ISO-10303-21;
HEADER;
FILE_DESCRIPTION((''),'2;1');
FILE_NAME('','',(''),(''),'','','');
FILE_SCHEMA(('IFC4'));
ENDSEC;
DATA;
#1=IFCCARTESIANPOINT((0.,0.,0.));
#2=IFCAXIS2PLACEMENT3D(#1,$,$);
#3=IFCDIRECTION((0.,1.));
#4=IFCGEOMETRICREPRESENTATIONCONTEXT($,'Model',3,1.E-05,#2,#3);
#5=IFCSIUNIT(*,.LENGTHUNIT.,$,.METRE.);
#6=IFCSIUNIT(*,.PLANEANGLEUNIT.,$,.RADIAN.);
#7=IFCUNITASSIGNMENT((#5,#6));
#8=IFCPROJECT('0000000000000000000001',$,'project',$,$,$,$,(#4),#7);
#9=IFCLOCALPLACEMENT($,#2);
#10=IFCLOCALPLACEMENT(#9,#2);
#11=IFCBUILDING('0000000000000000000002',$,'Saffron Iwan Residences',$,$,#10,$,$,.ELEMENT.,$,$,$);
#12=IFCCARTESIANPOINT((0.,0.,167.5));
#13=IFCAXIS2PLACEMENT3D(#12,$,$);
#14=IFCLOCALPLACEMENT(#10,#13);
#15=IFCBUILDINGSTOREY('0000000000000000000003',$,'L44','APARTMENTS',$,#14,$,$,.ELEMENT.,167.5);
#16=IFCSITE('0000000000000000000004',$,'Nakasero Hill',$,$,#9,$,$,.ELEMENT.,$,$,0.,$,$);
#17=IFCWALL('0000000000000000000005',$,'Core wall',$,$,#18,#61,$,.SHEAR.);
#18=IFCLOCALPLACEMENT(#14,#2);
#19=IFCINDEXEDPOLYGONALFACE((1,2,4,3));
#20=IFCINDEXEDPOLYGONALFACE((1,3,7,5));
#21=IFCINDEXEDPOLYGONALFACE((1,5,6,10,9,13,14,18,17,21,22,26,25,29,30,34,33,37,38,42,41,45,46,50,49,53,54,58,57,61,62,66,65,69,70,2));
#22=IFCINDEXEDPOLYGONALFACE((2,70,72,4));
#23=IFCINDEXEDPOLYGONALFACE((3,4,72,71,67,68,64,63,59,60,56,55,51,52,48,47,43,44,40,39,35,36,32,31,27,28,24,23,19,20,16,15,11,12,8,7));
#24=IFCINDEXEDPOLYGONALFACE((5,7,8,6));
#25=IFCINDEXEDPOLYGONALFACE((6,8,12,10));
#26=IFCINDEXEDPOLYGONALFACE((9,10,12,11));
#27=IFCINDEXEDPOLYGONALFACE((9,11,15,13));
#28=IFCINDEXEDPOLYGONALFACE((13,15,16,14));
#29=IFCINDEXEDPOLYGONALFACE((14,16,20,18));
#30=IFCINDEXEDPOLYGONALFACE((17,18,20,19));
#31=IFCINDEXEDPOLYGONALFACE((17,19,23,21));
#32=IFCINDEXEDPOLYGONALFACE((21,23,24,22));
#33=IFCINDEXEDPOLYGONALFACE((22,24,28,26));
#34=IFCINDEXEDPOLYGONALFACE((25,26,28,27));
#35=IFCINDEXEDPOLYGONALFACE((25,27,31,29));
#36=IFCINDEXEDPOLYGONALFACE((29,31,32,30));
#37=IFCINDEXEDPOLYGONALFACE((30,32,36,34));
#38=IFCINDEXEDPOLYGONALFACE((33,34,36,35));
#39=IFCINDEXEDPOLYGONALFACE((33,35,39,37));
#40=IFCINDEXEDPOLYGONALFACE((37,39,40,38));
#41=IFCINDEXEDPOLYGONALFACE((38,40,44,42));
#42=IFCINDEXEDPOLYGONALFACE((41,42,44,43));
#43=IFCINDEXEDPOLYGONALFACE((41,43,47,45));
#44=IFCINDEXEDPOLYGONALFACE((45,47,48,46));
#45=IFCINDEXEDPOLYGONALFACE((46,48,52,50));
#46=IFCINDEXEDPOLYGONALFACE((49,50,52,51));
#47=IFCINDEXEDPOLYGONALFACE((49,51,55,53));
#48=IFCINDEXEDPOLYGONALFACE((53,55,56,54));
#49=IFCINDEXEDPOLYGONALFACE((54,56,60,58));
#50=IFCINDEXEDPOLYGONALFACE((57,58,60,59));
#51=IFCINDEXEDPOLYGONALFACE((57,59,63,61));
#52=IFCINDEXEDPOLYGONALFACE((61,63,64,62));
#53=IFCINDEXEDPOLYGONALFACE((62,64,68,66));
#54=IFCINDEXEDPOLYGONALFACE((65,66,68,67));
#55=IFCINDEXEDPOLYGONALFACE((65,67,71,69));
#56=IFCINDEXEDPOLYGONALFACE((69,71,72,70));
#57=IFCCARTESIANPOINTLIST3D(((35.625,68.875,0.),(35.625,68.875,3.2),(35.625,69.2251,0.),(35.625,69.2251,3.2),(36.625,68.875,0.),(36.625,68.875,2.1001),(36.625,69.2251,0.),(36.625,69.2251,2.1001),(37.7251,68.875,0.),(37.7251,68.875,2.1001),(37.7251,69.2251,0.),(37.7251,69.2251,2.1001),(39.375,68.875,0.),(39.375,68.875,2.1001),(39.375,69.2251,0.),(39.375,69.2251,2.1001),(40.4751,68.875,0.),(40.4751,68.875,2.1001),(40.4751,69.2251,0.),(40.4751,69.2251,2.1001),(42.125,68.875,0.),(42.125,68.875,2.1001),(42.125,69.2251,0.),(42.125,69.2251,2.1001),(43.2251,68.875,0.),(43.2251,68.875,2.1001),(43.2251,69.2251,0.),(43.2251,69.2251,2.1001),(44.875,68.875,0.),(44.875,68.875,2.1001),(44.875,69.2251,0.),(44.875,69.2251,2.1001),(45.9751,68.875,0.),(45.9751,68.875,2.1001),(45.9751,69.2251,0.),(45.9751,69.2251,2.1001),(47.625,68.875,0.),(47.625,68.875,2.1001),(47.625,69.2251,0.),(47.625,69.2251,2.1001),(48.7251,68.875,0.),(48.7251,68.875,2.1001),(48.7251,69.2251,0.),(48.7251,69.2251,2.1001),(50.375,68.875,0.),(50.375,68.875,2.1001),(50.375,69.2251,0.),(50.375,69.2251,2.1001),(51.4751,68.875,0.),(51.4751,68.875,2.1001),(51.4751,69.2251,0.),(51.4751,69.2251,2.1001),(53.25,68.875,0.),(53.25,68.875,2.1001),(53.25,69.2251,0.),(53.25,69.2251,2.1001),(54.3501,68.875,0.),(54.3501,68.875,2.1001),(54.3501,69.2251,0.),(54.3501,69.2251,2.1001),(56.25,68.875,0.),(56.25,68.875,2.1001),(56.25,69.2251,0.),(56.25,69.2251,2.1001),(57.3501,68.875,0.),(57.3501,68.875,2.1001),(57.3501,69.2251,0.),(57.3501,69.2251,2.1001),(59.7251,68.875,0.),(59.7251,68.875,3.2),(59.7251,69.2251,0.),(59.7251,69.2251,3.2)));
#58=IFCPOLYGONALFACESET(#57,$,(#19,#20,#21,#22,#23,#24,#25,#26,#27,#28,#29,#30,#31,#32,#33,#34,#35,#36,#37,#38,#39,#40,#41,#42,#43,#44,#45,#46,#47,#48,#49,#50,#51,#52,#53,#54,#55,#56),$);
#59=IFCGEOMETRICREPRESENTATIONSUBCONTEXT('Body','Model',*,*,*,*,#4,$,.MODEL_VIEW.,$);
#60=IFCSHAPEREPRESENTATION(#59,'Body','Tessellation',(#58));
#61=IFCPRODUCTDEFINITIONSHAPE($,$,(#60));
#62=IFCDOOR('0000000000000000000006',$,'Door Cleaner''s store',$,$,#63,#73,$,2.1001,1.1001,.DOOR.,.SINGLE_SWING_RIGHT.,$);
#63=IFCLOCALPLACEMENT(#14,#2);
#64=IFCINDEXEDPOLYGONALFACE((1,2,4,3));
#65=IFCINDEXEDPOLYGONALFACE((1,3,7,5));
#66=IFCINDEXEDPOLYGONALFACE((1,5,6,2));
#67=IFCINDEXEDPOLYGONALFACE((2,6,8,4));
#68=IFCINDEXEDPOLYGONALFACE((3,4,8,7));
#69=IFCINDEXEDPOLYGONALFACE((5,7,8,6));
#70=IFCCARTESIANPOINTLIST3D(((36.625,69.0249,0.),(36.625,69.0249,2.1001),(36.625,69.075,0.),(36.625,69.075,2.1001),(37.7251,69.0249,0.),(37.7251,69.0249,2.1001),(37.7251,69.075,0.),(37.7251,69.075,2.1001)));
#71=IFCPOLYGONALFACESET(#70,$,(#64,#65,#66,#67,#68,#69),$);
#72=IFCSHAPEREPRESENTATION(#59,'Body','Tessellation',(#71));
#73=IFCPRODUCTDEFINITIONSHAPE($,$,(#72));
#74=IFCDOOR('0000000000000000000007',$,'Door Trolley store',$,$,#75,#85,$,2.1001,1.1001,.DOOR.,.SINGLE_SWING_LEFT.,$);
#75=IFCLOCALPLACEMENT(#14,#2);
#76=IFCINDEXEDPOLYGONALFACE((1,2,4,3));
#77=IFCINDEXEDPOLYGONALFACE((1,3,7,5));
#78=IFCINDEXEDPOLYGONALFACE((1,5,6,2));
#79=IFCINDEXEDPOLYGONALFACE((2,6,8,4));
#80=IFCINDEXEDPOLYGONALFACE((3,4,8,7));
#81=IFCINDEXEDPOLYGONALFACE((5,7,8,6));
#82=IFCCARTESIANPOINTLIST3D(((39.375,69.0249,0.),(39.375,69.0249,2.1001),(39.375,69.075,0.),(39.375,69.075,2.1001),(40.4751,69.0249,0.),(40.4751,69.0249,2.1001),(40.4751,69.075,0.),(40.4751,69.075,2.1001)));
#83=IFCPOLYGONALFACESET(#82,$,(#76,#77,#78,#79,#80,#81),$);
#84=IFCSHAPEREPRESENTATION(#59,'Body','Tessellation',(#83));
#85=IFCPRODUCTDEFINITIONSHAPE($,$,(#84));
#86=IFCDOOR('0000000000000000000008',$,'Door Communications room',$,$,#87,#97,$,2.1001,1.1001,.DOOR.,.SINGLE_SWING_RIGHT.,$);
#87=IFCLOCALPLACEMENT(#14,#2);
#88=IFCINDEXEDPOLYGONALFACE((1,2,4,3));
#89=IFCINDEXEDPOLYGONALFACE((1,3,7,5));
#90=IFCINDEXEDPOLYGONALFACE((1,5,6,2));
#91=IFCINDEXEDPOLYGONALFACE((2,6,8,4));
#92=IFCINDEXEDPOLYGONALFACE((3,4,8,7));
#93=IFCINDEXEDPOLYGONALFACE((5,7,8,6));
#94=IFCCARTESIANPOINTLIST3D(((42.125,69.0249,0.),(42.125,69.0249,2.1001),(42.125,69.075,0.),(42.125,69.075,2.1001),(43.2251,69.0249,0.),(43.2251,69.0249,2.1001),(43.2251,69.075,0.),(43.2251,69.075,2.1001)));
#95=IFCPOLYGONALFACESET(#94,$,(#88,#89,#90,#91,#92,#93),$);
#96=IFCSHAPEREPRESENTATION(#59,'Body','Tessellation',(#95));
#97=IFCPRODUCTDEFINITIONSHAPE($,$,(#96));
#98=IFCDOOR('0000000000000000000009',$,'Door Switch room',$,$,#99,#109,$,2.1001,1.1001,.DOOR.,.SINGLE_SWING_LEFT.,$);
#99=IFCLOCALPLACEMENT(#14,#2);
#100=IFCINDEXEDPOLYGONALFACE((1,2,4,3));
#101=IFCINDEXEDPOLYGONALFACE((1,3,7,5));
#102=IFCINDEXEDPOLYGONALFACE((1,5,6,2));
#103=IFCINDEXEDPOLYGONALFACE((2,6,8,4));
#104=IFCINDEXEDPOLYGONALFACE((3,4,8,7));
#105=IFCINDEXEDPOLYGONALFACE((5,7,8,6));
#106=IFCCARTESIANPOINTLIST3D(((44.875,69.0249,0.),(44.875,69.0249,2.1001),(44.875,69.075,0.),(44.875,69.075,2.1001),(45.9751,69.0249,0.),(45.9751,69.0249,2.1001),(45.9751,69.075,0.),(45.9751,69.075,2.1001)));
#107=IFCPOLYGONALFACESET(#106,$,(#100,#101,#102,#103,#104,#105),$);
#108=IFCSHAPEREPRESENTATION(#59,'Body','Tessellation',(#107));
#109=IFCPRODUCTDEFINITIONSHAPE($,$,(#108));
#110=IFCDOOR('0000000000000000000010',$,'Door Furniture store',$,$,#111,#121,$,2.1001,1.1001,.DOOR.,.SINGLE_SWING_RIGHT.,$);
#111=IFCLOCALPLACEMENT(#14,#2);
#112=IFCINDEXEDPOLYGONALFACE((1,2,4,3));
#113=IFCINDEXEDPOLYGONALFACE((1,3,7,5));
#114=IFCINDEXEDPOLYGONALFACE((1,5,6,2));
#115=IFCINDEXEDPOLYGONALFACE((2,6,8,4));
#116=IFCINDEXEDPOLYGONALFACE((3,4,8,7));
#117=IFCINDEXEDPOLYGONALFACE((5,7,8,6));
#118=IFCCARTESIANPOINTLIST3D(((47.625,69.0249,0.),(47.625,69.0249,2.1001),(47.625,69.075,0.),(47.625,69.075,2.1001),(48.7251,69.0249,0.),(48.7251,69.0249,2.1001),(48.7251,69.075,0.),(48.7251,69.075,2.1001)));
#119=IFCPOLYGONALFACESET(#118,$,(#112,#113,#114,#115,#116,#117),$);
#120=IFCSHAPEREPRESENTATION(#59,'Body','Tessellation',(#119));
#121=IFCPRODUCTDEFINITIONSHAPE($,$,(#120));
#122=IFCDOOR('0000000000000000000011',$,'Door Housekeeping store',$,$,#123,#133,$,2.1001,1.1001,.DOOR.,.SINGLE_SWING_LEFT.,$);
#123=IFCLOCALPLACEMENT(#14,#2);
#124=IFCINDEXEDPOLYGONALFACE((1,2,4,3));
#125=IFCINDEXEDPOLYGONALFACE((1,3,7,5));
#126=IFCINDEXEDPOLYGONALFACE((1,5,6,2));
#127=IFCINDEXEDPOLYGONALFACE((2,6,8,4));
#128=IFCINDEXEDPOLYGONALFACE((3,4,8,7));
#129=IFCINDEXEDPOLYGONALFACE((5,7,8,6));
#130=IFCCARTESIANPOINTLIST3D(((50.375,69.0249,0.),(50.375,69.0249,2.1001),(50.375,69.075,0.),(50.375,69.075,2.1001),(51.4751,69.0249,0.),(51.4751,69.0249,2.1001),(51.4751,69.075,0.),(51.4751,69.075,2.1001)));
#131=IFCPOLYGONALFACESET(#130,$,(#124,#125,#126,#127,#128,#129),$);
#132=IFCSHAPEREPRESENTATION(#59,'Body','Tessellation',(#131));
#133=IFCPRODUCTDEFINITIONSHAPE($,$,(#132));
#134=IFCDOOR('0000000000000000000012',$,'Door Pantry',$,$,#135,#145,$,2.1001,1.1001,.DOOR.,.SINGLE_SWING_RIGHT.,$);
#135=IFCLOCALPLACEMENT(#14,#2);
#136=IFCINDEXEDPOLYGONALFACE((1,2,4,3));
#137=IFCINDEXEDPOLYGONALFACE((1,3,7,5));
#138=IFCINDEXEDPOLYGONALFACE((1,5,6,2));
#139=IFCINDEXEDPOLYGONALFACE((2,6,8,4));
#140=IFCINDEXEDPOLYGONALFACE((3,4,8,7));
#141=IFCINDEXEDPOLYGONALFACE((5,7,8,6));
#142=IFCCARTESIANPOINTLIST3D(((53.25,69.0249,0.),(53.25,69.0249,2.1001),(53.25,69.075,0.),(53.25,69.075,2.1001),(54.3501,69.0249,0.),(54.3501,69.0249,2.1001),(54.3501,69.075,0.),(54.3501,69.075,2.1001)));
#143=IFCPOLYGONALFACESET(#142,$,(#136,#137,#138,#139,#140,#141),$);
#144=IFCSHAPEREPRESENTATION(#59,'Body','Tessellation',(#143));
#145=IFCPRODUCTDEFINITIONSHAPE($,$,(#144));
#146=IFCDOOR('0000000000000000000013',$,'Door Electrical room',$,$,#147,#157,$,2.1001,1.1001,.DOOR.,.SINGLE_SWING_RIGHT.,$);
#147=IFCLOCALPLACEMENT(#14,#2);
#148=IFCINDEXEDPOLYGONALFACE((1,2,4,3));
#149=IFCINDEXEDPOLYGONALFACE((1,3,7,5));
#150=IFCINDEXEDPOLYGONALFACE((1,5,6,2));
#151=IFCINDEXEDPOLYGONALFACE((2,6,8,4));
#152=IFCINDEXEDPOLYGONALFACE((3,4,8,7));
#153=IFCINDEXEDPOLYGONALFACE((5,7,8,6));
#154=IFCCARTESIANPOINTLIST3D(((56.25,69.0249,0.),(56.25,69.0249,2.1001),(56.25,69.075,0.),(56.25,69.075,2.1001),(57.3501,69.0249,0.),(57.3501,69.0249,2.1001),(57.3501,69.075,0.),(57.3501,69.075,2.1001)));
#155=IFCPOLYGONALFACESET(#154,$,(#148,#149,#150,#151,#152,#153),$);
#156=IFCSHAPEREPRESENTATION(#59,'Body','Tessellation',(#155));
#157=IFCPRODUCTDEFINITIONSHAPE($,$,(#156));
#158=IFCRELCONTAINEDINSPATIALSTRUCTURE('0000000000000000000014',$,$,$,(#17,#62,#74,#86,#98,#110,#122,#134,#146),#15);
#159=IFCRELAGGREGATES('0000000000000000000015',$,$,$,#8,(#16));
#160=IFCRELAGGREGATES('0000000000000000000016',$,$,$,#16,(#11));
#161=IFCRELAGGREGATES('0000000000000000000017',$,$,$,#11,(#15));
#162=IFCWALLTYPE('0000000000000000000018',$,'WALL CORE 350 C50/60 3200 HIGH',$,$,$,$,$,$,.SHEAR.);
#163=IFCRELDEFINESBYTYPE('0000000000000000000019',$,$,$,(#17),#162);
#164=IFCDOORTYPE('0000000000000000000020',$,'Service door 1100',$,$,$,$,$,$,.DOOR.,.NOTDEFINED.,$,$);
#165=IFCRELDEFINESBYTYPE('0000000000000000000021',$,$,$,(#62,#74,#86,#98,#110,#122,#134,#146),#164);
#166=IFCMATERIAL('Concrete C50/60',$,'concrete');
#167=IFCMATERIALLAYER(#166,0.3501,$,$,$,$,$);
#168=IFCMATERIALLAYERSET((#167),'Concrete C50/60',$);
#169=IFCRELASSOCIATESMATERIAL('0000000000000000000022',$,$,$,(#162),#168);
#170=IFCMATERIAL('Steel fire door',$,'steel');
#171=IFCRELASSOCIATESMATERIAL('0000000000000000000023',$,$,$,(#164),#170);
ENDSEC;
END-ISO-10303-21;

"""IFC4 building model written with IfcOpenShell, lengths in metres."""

from ifc_helpers import new_model, si_unit, direction, frame, frame_2d, origin, place, context, subcontext, project, spatial, rectangle, extrude, material, layer, layer_set, type_object, element, fill, save


model = new_model("IFC4")

# Units and contexts
model_context = context("Model", 3, precision=1e-05, world=origin(), true_north=direction((0.0, 1.0)))
body_context = subcontext(model_context, "Body", "Model", "MODEL_VIEW")
ifc_project = project(units=[si_unit("LENGTHUNIT", "METRE"), si_unit("PLANEANGLEUNIT", "RADIAN")], contexts=[model_context])

# Site, building, storey
site_placement = place(None, origin())
site = spatial("IfcSite", under=ifc_project, at=site_placement, Name="Nakasero Hill", CompositionType="ELEMENT", RefElevation=0.0)
building_placement = place(site_placement, origin())
building = spatial("IfcBuilding", under=site, at=building_placement, Name="Saffron Iwan Residences", CompositionType="ELEMENT")
storey_placement = place(building_placement, frame((0.0, 0.0, 167.5)))
storey = spatial("IfcBuildingStorey", under=building, at=storey_placement, Name="L44", Description="APARTMENTS", CompositionType="ELEMENT", Elevation=167.5)

# Wall, openings, doors
ifc_material_1 = material(Name="Concrete C50/60", Category="concrete")
ifc_layer = layer(ifc_material_1, 0.3501)
ifc_layer_set = layer_set([ifc_layer], Name="Concrete C50/60")
wall_type = type_object("IfcWallType", Name="WALL CORE 350 C50/60 3200 HIGH", PredefinedType="SHEAR", material=ifc_layer_set)
wall_1_placement = place(storey_placement, frame((35.625, 69.05, 0.0), z_axis=(0.0, 0.0, 1.0), x_axis=(1.0, 0.0, 0.0)))
wall_1 = element("IfcWall", 1, at=wall_1_placement, inside=storey, type_object=wall_type, Name="Core wall", PredefinedType="SHEAR", context=body_context, shape_type="SweptSolid", body=[
    extrude(rectangle(XDim=24.1001, YDim=0.3501, at=frame_2d((12.05, 0.0))), origin(), (0.0, 0.0, 1.0), 3.2),
])
opening_1_placement = place(wall_1_placement, frame((1.0, 0.0, 0.0)))
opening_1 = element("IfcOpeningElement", 2, at=opening_1_placement, cuts=wall_1, PredefinedType="OPENING", context=body_context, shape_type="SweptSolid", body=[
    extrude(rectangle(XDim=1.1001, YDim=2.1001, at=frame_2d((0.55, 1.05))), frame((0.0, 0.1851, 0.0), z_axis=(0.0, -1.0, 0.0), x_axis=(1.0, 0.0, 0.0)), (0.0, 0.0, 1.0), 0.3701),
])
opening_2_placement = place(wall_1_placement, frame((3.75, 0.0, 0.0)))
opening_2 = element("IfcOpeningElement", 3, at=opening_2_placement, cuts=wall_1, PredefinedType="OPENING", context=body_context, shape_type="SweptSolid", body=[
    extrude(rectangle(XDim=1.1001, YDim=2.1001, at=frame_2d((0.55, 1.05))), frame((0.0, 0.1851, 0.0), z_axis=(0.0, -1.0, 0.0), x_axis=(1.0, 0.0, 0.0)), (0.0, 0.0, 1.0), 0.3701),
])
opening_3_placement = place(wall_1_placement, frame((6.5, 0.0, 0.0)))
opening_3 = element("IfcOpeningElement", 4, at=opening_3_placement, cuts=wall_1, PredefinedType="OPENING", context=body_context, shape_type="SweptSolid", body=[
    extrude(rectangle(XDim=1.1001, YDim=2.1001, at=frame_2d((0.55, 1.05))), frame((0.0, 0.1851, 0.0), z_axis=(0.0, -1.0, 0.0), x_axis=(1.0, 0.0, 0.0)), (0.0, 0.0, 1.0), 0.3701),
])
opening_4_placement = place(wall_1_placement, frame((9.25, 0.0, 0.0)))
opening_4 = element("IfcOpeningElement", 5, at=opening_4_placement, cuts=wall_1, PredefinedType="OPENING", context=body_context, shape_type="SweptSolid", body=[
    extrude(rectangle(XDim=1.1001, YDim=2.1001, at=frame_2d((0.55, 1.05))), frame((0.0, 0.1851, 0.0), z_axis=(0.0, -1.0, 0.0), x_axis=(1.0, 0.0, 0.0)), (0.0, 0.0, 1.0), 0.3701),
])
opening_5_placement = place(wall_1_placement, frame((12.0, 0.0, 0.0)))
opening_5 = element("IfcOpeningElement", 6, at=opening_5_placement, cuts=wall_1, PredefinedType="OPENING", context=body_context, shape_type="SweptSolid", body=[
    extrude(rectangle(XDim=1.1001, YDim=2.1001, at=frame_2d((0.55, 1.05))), frame((0.0, 0.1851, 0.0), z_axis=(0.0, -1.0, 0.0), x_axis=(1.0, 0.0, 0.0)), (0.0, 0.0, 1.0), 0.3701),
])
opening_6_placement = place(wall_1_placement, frame((14.75, 0.0, 0.0)))
opening_6 = element("IfcOpeningElement", 7, at=opening_6_placement, cuts=wall_1, PredefinedType="OPENING", context=body_context, shape_type="SweptSolid", body=[
    extrude(rectangle(XDim=1.1001, YDim=2.1001, at=frame_2d((0.55, 1.05))), frame((0.0, 0.1851, 0.0), z_axis=(0.0, -1.0, 0.0), x_axis=(1.0, 0.0, 0.0)), (0.0, 0.0, 1.0), 0.3701),
])
opening_7_placement = place(wall_1_placement, frame((17.625, 0.0, 0.0)))
opening_7 = element("IfcOpeningElement", 8, at=opening_7_placement, cuts=wall_1, PredefinedType="OPENING", context=body_context, shape_type="SweptSolid", body=[
    extrude(rectangle(XDim=1.1001, YDim=2.1001, at=frame_2d((0.55, 1.05))), frame((0.0, 0.1851, 0.0), z_axis=(0.0, -1.0, 0.0), x_axis=(1.0, 0.0, 0.0)), (0.0, 0.0, 1.0), 0.3701),
])
opening_8_placement = place(wall_1_placement, frame((20.625, 0.0, 0.0)))
opening_8 = element("IfcOpeningElement", 9, at=opening_8_placement, cuts=wall_1, PredefinedType="OPENING", context=body_context, shape_type="SweptSolid", body=[
    extrude(rectangle(XDim=1.1001, YDim=2.1001, at=frame_2d((0.55, 1.05))), frame((0.0, 0.1851, 0.0), z_axis=(0.0, -1.0, 0.0), x_axis=(1.0, 0.0, 0.0)), (0.0, 0.0, 1.0), 0.3701),
])
ifc_material_2 = material(Name="Steel fire door", Category="steel")
door_type_1 = type_object("IfcDoorType", Name="Service door 1100", OperationType="NOTDEFINED", PredefinedType="DOOR", material=ifc_material_2)
door_1_placement = place(opening_1_placement, origin())
door_1 = element("IfcDoor", 10, at=door_1_placement, inside=storey, type_object=door_type_1, Name="Door Cleaner's store", OperationType="SINGLE_SWING_RIGHT", OverallHeight=2.1001, OverallWidth=1.1001, PredefinedType="DOOR", context=body_context, shape_type="SweptSolid", body=[
    extrude(rectangle(XDim=1.1001, YDim=2.1001, at=frame_2d((0.55, 1.05))), frame((0.0, 0.0249, 0.0), z_axis=(0.0, -1.0, 0.0), x_axis=(1.0, 0.0, 0.0)), (0.0, 0.0, 1.0), 0.05),
])
fill(opening_1, door_1)
door_2_placement = place(opening_2_placement, origin())
door_2 = element("IfcDoor", 11, at=door_2_placement, inside=storey, type_object=door_type_1, Name="Door Trolley store", OperationType="SINGLE_SWING_LEFT", OverallHeight=2.1001, OverallWidth=1.1001, PredefinedType="DOOR", context=body_context, shape_type="SweptSolid", body=[
    extrude(rectangle(XDim=1.1001, YDim=2.1001, at=frame_2d((0.55, 1.05))), frame((0.0, 0.0249, 0.0), z_axis=(0.0, -1.0, 0.0), x_axis=(1.0, 0.0, 0.0)), (0.0, 0.0, 1.0), 0.05),
])
fill(opening_2, door_2)
door_3_placement = place(opening_3_placement, origin())
door_3 = element("IfcDoor", 12, at=door_3_placement, inside=storey, type_object=door_type_1, Name="Door Communications room", OperationType="SINGLE_SWING_RIGHT", OverallHeight=2.1001, OverallWidth=1.1001, PredefinedType="DOOR", context=body_context, shape_type="SweptSolid", body=[
    extrude(rectangle(XDim=1.1001, YDim=2.1001, at=frame_2d((0.55, 1.05))), frame((0.0, 0.0249, 0.0), z_axis=(0.0, -1.0, 0.0), x_axis=(1.0, 0.0, 0.0)), (0.0, 0.0, 1.0), 0.05),
])
fill(opening_3, door_3)
door_4_placement = place(opening_4_placement, origin())
door_4 = element("IfcDoor", 13, at=door_4_placement, inside=storey, type_object=door_type_1, Name="Door Switch room", OperationType="SINGLE_SWING_LEFT", OverallHeight=2.1001, OverallWidth=1.1001, PredefinedType="DOOR", context=body_context, shape_type="SweptSolid", body=[
    extrude(rectangle(XDim=1.1001, YDim=2.1001, at=frame_2d((0.55, 1.05))), frame((0.0, 0.0249, 0.0), z_axis=(0.0, -1.0, 0.0), x_axis=(1.0, 0.0, 0.0)), (0.0, 0.0, 1.0), 0.05),
])
fill(opening_4, door_4)
door_5_placement = place(opening_5_placement, origin())
door_5 = element("IfcDoor", 14, at=door_5_placement, inside=storey, type_object=door_type_1, Name="Door Furniture store", OperationType="SINGLE_SWING_RIGHT", OverallHeight=2.1001, OverallWidth=1.1001, PredefinedType="DOOR", context=body_context, shape_type="SweptSolid", body=[
    extrude(rectangle(XDim=1.1001, YDim=2.1001, at=frame_2d((0.55, 1.05))), frame((0.0, 0.0249, 0.0), z_axis=(0.0, -1.0, 0.0), x_axis=(1.0, 0.0, 0.0)), (0.0, 0.0, 1.0), 0.05),
])
fill(opening_5, door_5)
door_6_placement = place(opening_6_placement, origin())
door_6 = element("IfcDoor", 15, at=door_6_placement, inside=storey, type_object=door_type_1, Name="Door Housekeeping store", OperationType="SINGLE_SWING_LEFT", OverallHeight=2.1001, OverallWidth=1.1001, PredefinedType="DOOR", context=body_context, shape_type="SweptSolid", body=[
    extrude(rectangle(XDim=1.1001, YDim=2.1001, at=frame_2d((0.55, 1.05))), frame((0.0, 0.0249, 0.0), z_axis=(0.0, -1.0, 0.0), x_axis=(1.0, 0.0, 0.0)), (0.0, 0.0, 1.0), 0.05),
])
fill(opening_6, door_6)
door_7_placement = place(opening_7_placement, origin())
door_7 = element("IfcDoor", 16, at=door_7_placement, inside=storey, type_object=door_type_1, Name="Door Pantry", OperationType="SINGLE_SWING_RIGHT", OverallHeight=2.1001, OverallWidth=1.1001, PredefinedType="DOOR", context=body_context, shape_type="SweptSolid", body=[
    extrude(rectangle(XDim=1.1001, YDim=2.1001, at=frame_2d((0.55, 1.05))), frame((0.0, 0.0249, 0.0), z_axis=(0.0, -1.0, 0.0), x_axis=(1.0, 0.0, 0.0)), (0.0, 0.0, 1.0), 0.05),
])
fill(opening_7, door_7)
door_8_placement = place(opening_8_placement, origin())
door_8 = element("IfcDoor", 17, at=door_8_placement, inside=storey, type_object=door_type_1, Name="Door Electrical room", OperationType="SINGLE_SWING_RIGHT", OverallHeight=2.1001, OverallWidth=1.1001, PredefinedType="DOOR", context=body_context, shape_type="SweptSolid", body=[
    extrude(rectangle(XDim=1.1001, YDim=2.1001, at=frame_2d((0.55, 1.05))), frame((0.0, 0.0249, 0.0), z_axis=(0.0, -1.0, 0.0), x_axis=(1.0, 0.0, 0.0)), (0.0, 0.0, 1.0), 0.05),
])
fill(opening_8, door_8)

save(model, "model.ifc")
